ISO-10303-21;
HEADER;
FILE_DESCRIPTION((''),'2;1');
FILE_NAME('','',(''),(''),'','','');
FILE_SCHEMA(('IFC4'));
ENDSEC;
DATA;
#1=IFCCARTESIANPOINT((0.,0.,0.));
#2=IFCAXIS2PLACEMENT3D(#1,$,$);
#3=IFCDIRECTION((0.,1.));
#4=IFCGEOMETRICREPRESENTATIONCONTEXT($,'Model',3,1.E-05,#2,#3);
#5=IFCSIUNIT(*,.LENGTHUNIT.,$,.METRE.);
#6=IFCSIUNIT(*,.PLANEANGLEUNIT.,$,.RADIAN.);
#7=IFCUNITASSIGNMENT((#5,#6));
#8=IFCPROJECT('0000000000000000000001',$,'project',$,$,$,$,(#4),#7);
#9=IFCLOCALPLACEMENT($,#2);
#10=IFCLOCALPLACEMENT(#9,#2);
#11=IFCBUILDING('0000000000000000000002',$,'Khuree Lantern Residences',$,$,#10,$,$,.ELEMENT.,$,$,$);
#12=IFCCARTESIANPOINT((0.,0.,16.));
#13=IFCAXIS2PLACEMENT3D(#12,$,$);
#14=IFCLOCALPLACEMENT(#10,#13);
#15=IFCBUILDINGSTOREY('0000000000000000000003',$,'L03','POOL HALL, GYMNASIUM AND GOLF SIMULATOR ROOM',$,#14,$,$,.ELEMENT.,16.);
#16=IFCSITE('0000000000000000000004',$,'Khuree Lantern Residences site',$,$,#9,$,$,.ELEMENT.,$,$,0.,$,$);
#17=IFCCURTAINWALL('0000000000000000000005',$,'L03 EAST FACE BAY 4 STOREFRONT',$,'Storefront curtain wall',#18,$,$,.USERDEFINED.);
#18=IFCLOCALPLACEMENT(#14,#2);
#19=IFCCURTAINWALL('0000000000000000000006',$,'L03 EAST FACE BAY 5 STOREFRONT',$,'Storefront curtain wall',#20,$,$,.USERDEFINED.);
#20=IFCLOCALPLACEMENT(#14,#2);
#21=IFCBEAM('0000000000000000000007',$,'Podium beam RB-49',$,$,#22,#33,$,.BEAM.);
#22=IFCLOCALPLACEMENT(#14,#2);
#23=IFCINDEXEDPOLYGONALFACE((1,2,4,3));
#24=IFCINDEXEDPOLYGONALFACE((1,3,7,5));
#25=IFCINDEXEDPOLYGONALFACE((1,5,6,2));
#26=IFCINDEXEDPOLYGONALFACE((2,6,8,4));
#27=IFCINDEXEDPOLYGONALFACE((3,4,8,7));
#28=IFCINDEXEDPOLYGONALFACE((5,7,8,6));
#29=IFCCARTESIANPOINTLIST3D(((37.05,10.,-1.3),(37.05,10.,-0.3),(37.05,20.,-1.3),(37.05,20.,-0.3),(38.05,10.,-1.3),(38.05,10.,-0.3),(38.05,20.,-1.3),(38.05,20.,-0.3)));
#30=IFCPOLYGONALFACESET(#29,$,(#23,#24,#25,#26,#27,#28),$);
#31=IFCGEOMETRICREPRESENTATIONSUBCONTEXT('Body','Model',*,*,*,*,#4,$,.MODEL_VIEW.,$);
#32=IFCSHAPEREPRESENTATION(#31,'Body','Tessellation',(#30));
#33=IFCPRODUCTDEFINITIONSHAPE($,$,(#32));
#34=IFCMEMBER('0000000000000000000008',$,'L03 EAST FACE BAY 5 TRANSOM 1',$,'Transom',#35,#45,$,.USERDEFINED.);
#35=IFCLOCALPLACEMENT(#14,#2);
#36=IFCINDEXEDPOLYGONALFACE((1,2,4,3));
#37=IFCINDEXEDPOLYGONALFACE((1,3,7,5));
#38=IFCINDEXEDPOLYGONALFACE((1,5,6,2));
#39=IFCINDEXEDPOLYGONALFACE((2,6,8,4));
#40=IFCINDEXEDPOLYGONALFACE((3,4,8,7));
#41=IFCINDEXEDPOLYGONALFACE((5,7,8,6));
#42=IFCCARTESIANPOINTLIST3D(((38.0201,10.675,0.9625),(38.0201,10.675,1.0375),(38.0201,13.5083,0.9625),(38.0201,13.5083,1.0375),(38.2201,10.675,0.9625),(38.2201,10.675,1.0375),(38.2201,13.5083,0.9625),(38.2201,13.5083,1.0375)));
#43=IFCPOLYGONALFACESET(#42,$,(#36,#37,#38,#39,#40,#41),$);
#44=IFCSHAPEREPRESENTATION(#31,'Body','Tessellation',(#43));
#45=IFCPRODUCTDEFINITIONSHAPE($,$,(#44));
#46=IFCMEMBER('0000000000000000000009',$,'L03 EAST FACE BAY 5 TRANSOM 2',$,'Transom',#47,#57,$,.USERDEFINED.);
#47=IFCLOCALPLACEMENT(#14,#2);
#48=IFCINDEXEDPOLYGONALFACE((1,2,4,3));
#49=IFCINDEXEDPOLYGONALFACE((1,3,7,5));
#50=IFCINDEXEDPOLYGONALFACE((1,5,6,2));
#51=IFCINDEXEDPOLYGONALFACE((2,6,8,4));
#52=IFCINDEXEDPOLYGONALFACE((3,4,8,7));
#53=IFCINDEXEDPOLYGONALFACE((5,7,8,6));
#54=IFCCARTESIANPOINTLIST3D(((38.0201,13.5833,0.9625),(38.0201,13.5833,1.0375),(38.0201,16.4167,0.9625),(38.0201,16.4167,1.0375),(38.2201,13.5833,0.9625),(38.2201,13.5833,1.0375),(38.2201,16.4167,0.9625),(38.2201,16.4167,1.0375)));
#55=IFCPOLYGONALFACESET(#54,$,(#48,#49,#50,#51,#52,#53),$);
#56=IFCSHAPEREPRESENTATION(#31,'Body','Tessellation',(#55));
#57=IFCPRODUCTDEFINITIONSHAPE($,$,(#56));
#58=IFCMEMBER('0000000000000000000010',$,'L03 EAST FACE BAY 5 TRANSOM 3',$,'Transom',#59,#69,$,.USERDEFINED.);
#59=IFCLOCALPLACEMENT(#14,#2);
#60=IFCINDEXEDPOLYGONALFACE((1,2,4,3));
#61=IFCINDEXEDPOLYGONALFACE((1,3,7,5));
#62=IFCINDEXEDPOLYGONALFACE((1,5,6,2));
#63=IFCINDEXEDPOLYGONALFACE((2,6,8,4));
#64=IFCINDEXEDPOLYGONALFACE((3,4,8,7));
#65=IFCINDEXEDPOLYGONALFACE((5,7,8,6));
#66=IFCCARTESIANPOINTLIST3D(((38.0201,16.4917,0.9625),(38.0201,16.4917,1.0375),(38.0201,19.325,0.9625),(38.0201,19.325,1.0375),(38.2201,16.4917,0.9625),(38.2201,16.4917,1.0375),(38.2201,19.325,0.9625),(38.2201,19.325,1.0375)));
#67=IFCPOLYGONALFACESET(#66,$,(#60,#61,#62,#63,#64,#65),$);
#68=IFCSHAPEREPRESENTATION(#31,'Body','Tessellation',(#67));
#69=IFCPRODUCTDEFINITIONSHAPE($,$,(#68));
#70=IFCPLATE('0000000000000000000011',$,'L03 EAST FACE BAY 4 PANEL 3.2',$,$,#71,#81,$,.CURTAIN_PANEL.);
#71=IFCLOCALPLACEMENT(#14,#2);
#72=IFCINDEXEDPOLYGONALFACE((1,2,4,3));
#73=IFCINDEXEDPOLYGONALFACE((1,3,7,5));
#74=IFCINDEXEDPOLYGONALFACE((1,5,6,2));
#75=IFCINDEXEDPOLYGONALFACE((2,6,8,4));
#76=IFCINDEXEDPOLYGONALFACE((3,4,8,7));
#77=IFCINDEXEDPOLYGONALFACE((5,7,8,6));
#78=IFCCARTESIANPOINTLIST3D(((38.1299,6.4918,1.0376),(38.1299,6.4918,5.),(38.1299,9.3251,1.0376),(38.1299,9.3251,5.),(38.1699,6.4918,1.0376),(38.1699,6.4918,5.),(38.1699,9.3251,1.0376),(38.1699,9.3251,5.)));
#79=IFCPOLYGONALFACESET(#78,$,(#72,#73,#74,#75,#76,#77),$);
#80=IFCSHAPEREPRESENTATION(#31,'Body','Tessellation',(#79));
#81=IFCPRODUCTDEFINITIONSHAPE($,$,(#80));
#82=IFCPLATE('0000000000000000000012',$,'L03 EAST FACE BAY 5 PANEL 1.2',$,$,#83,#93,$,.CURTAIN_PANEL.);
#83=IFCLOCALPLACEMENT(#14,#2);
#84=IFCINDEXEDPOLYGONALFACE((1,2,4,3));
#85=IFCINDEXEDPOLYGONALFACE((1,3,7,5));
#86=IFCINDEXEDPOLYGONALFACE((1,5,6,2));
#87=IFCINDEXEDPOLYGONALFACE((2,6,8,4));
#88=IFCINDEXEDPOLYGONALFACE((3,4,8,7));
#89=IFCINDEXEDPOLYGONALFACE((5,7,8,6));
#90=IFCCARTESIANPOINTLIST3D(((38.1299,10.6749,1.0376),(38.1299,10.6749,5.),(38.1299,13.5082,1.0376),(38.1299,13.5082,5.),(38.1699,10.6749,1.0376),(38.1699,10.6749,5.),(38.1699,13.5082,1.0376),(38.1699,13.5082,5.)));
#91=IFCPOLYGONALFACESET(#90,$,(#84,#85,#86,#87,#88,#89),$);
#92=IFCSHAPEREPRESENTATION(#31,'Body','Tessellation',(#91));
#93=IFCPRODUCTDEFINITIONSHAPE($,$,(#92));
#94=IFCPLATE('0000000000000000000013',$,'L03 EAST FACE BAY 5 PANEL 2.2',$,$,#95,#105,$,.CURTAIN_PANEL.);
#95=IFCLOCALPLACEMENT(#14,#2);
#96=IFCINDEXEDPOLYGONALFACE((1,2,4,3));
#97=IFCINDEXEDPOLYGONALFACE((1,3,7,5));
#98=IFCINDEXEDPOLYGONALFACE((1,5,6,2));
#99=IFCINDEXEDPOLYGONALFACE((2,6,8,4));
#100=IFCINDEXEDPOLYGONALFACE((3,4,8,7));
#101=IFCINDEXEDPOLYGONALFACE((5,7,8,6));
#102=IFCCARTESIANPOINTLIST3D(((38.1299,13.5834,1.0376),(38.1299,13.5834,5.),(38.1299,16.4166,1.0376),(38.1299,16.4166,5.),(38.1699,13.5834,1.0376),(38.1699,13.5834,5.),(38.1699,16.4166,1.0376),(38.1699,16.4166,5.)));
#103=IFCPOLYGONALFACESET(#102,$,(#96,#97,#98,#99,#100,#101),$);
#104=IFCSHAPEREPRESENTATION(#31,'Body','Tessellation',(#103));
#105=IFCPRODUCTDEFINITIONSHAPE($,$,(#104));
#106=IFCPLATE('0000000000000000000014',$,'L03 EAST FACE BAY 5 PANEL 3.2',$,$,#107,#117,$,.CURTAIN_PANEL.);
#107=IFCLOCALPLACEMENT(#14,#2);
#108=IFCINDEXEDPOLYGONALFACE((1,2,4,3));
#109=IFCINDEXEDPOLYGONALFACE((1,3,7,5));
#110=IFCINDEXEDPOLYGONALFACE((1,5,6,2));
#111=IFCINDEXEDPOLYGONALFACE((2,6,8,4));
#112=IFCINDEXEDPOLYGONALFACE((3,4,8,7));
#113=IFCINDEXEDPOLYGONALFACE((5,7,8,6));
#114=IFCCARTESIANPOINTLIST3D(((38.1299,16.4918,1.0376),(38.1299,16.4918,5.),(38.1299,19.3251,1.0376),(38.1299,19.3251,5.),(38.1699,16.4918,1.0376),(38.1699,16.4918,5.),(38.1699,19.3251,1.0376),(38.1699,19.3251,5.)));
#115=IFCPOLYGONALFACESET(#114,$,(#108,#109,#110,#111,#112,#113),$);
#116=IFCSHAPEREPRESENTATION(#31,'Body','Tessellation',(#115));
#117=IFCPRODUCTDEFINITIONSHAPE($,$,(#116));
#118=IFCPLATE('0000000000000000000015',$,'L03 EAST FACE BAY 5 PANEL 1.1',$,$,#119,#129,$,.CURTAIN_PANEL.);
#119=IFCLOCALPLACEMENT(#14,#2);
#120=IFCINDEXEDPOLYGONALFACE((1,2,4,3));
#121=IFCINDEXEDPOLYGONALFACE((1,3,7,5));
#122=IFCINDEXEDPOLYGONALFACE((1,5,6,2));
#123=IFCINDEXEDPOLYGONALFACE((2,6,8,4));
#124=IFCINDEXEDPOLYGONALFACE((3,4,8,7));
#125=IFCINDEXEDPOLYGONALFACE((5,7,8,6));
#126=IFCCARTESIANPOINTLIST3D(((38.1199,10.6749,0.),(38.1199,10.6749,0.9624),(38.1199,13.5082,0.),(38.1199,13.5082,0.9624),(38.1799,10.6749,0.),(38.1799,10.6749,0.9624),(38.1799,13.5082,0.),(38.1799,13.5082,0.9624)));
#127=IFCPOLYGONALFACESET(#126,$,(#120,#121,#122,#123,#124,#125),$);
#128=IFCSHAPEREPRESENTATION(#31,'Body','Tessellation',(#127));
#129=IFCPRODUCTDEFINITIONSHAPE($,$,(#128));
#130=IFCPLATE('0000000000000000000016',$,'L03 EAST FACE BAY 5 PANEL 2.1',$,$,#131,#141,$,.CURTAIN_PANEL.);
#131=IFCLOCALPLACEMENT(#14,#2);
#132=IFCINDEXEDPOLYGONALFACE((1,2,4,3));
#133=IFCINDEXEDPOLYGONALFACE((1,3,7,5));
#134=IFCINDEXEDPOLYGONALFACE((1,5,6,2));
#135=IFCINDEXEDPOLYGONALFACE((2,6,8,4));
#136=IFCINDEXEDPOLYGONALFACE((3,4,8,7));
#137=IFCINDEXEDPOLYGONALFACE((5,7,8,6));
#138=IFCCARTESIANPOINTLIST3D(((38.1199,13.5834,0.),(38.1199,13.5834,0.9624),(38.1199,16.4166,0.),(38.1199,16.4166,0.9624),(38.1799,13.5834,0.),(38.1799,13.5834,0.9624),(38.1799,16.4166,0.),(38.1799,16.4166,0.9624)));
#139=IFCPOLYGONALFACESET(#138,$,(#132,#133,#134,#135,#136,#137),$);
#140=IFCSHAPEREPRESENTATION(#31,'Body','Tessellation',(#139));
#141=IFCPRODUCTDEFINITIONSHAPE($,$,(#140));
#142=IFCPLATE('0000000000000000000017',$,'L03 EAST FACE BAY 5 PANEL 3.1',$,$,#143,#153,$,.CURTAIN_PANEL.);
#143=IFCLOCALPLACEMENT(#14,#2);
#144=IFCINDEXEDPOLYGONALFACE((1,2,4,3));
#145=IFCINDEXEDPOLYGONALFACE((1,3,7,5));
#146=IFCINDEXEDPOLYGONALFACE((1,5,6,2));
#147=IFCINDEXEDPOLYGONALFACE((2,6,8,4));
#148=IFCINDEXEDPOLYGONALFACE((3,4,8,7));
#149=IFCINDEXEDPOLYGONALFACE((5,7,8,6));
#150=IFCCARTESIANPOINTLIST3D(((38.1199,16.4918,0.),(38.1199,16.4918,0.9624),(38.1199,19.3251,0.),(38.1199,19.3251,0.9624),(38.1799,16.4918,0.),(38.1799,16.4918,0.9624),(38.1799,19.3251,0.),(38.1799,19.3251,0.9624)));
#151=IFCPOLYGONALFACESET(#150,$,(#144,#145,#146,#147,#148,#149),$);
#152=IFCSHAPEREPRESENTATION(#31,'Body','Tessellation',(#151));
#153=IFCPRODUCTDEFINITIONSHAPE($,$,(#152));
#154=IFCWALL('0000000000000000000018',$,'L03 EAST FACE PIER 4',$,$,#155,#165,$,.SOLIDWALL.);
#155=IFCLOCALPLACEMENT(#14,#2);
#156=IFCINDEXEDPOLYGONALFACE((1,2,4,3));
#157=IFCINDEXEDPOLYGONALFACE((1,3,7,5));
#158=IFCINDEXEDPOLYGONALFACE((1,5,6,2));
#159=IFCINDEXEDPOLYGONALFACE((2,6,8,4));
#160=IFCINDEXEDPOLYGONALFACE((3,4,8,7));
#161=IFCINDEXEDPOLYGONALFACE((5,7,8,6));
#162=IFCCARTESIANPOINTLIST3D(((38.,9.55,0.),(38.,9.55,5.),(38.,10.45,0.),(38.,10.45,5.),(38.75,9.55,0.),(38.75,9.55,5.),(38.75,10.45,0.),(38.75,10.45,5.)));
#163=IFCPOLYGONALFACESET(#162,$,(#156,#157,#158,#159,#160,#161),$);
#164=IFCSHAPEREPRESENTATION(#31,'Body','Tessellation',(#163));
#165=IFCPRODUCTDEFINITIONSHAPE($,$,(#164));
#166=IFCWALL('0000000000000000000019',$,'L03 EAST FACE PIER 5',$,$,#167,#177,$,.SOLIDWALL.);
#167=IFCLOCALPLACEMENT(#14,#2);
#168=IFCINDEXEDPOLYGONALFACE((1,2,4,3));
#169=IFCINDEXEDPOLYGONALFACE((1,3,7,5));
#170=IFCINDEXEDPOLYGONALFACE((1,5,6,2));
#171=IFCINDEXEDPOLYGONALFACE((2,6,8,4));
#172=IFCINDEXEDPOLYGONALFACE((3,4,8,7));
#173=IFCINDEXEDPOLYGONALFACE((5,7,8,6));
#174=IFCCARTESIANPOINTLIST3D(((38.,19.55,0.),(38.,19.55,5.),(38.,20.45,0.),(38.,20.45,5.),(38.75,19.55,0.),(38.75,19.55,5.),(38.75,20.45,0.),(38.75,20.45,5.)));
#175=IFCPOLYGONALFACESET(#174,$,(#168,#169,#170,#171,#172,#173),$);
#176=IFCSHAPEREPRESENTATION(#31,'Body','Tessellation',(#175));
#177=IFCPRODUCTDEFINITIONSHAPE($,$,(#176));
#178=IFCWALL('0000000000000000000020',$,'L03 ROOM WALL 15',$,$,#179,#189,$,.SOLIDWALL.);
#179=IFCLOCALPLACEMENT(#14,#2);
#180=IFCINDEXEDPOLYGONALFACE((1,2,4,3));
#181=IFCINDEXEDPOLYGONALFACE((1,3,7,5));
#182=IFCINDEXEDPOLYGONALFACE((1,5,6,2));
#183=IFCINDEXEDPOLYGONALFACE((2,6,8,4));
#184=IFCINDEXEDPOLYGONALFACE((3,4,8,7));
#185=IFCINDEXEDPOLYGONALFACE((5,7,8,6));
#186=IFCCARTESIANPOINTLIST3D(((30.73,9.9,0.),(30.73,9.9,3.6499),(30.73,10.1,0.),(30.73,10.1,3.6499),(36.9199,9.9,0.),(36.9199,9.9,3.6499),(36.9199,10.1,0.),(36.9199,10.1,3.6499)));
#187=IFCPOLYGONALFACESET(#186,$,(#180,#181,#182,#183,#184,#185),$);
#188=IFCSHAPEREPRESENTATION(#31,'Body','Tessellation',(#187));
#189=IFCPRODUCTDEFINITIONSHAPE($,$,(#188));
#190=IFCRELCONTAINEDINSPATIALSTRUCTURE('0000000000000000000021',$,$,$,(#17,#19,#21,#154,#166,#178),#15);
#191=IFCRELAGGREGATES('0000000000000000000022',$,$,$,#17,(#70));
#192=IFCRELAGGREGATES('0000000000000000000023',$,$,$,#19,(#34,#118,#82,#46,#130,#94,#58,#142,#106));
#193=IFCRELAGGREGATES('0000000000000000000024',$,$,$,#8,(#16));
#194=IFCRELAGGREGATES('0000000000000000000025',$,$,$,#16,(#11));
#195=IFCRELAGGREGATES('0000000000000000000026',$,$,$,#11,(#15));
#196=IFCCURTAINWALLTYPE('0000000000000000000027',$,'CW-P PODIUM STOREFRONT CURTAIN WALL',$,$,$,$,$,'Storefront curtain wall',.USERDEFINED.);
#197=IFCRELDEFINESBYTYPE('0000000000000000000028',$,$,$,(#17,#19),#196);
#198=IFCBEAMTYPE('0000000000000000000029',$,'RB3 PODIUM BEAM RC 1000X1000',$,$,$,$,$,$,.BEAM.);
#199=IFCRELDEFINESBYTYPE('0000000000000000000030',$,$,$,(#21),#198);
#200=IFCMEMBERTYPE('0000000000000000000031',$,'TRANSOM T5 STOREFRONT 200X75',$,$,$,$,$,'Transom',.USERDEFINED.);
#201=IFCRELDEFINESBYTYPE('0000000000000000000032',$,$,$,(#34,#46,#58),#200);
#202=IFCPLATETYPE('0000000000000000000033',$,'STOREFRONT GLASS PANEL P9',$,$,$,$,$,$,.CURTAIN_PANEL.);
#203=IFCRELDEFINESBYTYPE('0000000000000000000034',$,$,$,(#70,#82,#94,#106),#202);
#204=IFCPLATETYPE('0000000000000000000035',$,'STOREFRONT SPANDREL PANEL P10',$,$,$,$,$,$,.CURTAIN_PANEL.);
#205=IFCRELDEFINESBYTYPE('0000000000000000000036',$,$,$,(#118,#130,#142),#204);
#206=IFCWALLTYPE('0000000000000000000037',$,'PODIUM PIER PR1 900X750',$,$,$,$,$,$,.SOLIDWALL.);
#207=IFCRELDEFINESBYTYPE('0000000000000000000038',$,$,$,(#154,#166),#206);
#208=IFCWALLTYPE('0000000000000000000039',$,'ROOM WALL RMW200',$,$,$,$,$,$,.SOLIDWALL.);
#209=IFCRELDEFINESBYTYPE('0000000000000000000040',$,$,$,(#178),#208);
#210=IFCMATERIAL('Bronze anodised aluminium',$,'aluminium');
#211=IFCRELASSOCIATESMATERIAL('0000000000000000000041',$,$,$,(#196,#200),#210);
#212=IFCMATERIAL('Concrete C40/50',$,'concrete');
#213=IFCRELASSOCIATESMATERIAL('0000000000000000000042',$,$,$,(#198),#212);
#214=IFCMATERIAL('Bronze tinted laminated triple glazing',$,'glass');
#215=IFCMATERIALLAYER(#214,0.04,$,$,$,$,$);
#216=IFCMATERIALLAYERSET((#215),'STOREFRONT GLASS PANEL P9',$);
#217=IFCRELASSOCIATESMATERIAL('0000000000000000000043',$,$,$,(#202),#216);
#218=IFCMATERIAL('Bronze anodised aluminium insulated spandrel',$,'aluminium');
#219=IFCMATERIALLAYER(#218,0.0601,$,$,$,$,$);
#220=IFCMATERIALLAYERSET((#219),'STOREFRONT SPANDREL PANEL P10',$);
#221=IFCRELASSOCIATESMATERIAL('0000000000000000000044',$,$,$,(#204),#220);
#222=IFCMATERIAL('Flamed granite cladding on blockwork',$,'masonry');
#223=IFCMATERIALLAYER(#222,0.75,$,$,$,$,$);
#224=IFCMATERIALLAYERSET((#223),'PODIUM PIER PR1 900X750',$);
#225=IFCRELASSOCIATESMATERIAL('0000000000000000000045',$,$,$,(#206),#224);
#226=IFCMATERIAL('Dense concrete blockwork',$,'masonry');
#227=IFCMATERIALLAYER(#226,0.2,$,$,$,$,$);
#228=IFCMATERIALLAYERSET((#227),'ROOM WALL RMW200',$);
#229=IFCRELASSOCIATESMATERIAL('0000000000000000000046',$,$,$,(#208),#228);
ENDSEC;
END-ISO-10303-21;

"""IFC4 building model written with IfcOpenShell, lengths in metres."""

from ifc_helpers import new_model, si_unit, direction, frame, frame_2d, origin, origin_2d, place, context, subcontext, project, spatial, rectangle, extrude, material, layer, layer_set, material_profile, profile_set, type_object, element, aggregate, save


model = new_model("IFC4")

# Units and contexts
model_context = context("Model", 3, precision=1e-05, world=origin(), true_north=direction((0.0, 1.0)))
body_context = subcontext(model_context, "Body", "Model", "MODEL_VIEW")
ifc_project = project(units=[si_unit("LENGTHUNIT", "METRE"), si_unit("PLANEANGLEUNIT", "RADIAN")], contexts=[model_context])

# Site, building, storey
site_placement = place(None, origin())
site = spatial("IfcSite", under=ifc_project, at=site_placement, Name="Khuree Lantern Residences site", CompositionType="ELEMENT", RefElevation=0.0)
building_placement = place(site_placement, origin())
building = spatial("IfcBuilding", under=site, at=building_placement, Name="Khuree Lantern Residences", CompositionType="ELEMENT")
storey_placement = place(building_placement, frame((0.0, 0.0, 16.0)))
storey = spatial("IfcBuildingStorey", under=building, at=storey_placement, Name="L03", Description="POOL HALL, GYMNASIUM AND GOLF SIMULATOR ROOM", CompositionType="ELEMENT", Elevation=16.0)

# Curtain wall
ifc_material_1 = material(Name="Bronze anodised aluminium", Category="aluminium")
curtain_wall_type = type_object("IfcCurtainWallType", Name="CW-P PODIUM STOREFRONT CURTAIN WALL", ElementType="Storefront curtain wall", PredefinedType="USERDEFINED", material=ifc_material_1)
curtain_wall_1_placement = place(storey_placement, origin())
curtain_wall_1 = element("IfcCurtainWall", 1, at=curtain_wall_1_placement, inside=storey, type_object=curtain_wall_type, Name="L03 EAST FACE BAY 4 STOREFRONT", ObjectType="Storefront curtain wall", PredefinedType="USERDEFINED")

# Curtain wall
curtain_wall_2_placement = place(storey_placement, origin())
curtain_wall_2 = element("IfcCurtainWall", 2, at=curtain_wall_2_placement, inside=storey, type_object=curtain_wall_type, Name="L03 EAST FACE BAY 5 STOREFRONT", ObjectType="Storefront curtain wall", PredefinedType="USERDEFINED")

# Beam
ifc_material_2 = material(Name="Concrete C40/50", Category="concrete")
ifc_material_profile_1 = material_profile(ifc_material_2, rectangle(XDim=1.0, YDim=1.0, at=origin_2d()), Name="RC 1000X1000")
ifc_profile_set_1 = profile_set([ifc_material_profile_1], Name="Concrete C40/50")
beam_type_1 = type_object("IfcBeamType", Name="RB3 PODIUM BEAM RC 1000X1000", PredefinedType="BEAM", material=ifc_profile_set_1)
beam_1_placement = place(storey_placement, frame((37.55, 10.0, -0.8), z_axis=(0.0, 1.0, 0.0), x_axis=(-1.0, 0.0, 0.0)))
element("IfcBeam", 3, at=beam_1_placement, inside=storey, type_object=beam_type_1, Name="Podium beam RB-49", PredefinedType="BEAM", context=body_context, shape_type="SweptSolid", body=[
    extrude(rectangle(XDim=1.0, YDim=1.0, at=origin_2d()), origin(), (0.0, 0.0, 1.0), 10.0),
])

# Members
ifc_material_profile_2 = material_profile(ifc_material_1, rectangle(XDim=0.2, YDim=0.075, at=origin_2d()), Name="T5 200X75")
ifc_profile_set_2 = profile_set([ifc_material_profile_2], Name="Bronze anodised aluminium")
member_type_1 = type_object("IfcMemberType", Name="TRANSOM T5 STOREFRONT 200X75", ElementType="Transom", PredefinedType="USERDEFINED", material=ifc_profile_set_2)
member_1_placement = place(storey_placement, frame((38.1201, 10.675, 1.0), z_axis=(0.0, 1.0, 0.0), x_axis=(-1.0, 0.0, 0.0)))
member_1 = element("IfcMember", 4, at=member_1_placement, type_object=member_type_1, Name="L03 EAST FACE BAY 5 TRANSOM 1", ObjectType="Transom", PredefinedType="USERDEFINED", context=body_context, shape_type="SweptSolid", body=[
    extrude(rectangle(XDim=0.2, YDim=0.075, at=origin_2d()), origin(), (0.0, 0.0, 1.0), 2.8333),
])
member_2_placement = place(storey_placement, frame((38.1201, 13.5833, 1.0), z_axis=(0.0, 1.0, 0.0), x_axis=(-1.0, 0.0, 0.0)))
member_2 = element("IfcMember", 5, at=member_2_placement, type_object=member_type_1, Name="L03 EAST FACE BAY 5 TRANSOM 2", ObjectType="Transom", PredefinedType="USERDEFINED", context=body_context, shape_type="SweptSolid", body=[
    extrude(rectangle(XDim=0.2, YDim=0.075, at=origin_2d()), origin(), (0.0, 0.0, 1.0), 2.8335),
])
member_3_placement = place(storey_placement, frame((38.1201, 16.4917, 1.0), z_axis=(0.0, 1.0, 0.0), x_axis=(-1.0, 0.0, 0.0)))
member_3 = element("IfcMember", 6, at=member_3_placement, type_object=member_type_1, Name="L03 EAST FACE BAY 5 TRANSOM 3", ObjectType="Transom", PredefinedType="USERDEFINED", context=body_context, shape_type="SweptSolid", body=[
    extrude(rectangle(XDim=0.2, YDim=0.075, at=origin_2d()), origin(), (0.0, 0.0, 1.0), 2.8333),
])

# Plates
ifc_material_3 = material(Name="Bronze tinted laminated triple glazing", Category="glass")
ifc_layer_1 = layer(ifc_material_3, 0.04)
ifc_layer_set_1 = layer_set([ifc_layer_1], Name="STOREFRONT GLASS PANEL P9")
plate_type_1 = type_object("IfcPlateType", Name="STOREFRONT GLASS PANEL P9", PredefinedType="CURTAIN_PANEL", material=ifc_layer_set_1)
plate_1_placement = place(storey_placement, frame((38.1499, 7.9084, 1.0376), z_axis=(0.0, 0.0, 1.0), x_axis=(0.0, 1.0, 0.0)))
plate_1 = element("IfcPlate", 7, at=plate_1_placement, type_object=plate_type_1, Name="L03 EAST FACE BAY 4 PANEL 3.2", PredefinedType="CURTAIN_PANEL", context=body_context, shape_type="SweptSolid", body=[
    extrude(rectangle(XDim=2.8333, YDim=0.04, at=origin_2d()), origin(), (0.0, 0.0, 1.0), 3.9624),
])
aggregate(curtain_wall_1, [plate_1])
plate_2_placement = place(storey_placement, frame((38.1499, 12.0916, 1.0376), z_axis=(0.0, 0.0, 1.0), x_axis=(0.0, 1.0, 0.0)))
plate_2 = element("IfcPlate", 8, at=plate_2_placement, type_object=plate_type_1, Name="L03 EAST FACE BAY 5 PANEL 1.2", PredefinedType="CURTAIN_PANEL", context=body_context, shape_type="SweptSolid", body=[
    extrude(rectangle(XDim=2.8333, YDim=0.04, at=origin_2d()), origin(), (0.0, 0.0, 1.0), 3.9624),
])
plate_3_placement = place(storey_placement, frame((38.1499, 15.0, 1.0376), z_axis=(0.0, 0.0, 1.0), x_axis=(0.0, 1.0, 0.0)))
plate_3 = element("IfcPlate", 9, at=plate_3_placement, type_object=plate_type_1, Name="L03 EAST FACE BAY 5 PANEL 2.2", PredefinedType="CURTAIN_PANEL", context=body_context, shape_type="SweptSolid", body=[
    extrude(rectangle(XDim=2.8333, YDim=0.04, at=origin_2d()), origin(), (0.0, 0.0, 1.0), 3.9624),
])
plate_4_placement = place(storey_placement, frame((38.1499, 17.9084, 1.0376), z_axis=(0.0, 0.0, 1.0), x_axis=(0.0, 1.0, 0.0)))
plate_4 = element("IfcPlate", 10, at=plate_4_placement, type_object=plate_type_1, Name="L03 EAST FACE BAY 5 PANEL 3.2", PredefinedType="CURTAIN_PANEL", context=body_context, shape_type="SweptSolid", body=[
    extrude(rectangle(XDim=2.8333, YDim=0.04, at=origin_2d()), origin(), (0.0, 0.0, 1.0), 3.9624),
])
ifc_material_4 = material(Name="Bronze anodised aluminium insulated spandrel", Category="aluminium")
ifc_layer_2 = layer(ifc_material_4, 0.0601)
ifc_layer_set_2 = layer_set([ifc_layer_2], Name="STOREFRONT SPANDREL PANEL P10")
plate_type_2 = type_object("IfcPlateType", Name="STOREFRONT SPANDREL PANEL P10", PredefinedType="CURTAIN_PANEL", material=ifc_layer_set_2)
plate_5_placement = place(storey_placement, frame((38.1499, 12.0916, 0.0), z_axis=(0.0, 0.0, 1.0), x_axis=(0.0, 1.0, 0.0)))
plate_5 = element("IfcPlate", 11, at=plate_5_placement, type_object=plate_type_2, Name="L03 EAST FACE BAY 5 PANEL 1.1", PredefinedType="CURTAIN_PANEL", context=body_context, shape_type="SweptSolid", body=[
    extrude(rectangle(XDim=2.8333, YDim=0.0601, at=origin_2d()), origin(), (0.0, 0.0, 1.0), 0.9624),
])
plate_6_placement = place(storey_placement, frame((38.1499, 15.0, 0.0), z_axis=(0.0, 0.0, 1.0), x_axis=(0.0, 1.0, 0.0)))
plate_6 = element("IfcPlate", 12, at=plate_6_placement, type_object=plate_type_2, Name="L03 EAST FACE BAY 5 PANEL 2.1", PredefinedType="CURTAIN_PANEL", context=body_context, shape_type="SweptSolid", body=[
    extrude(rectangle(XDim=2.8333, YDim=0.0601, at=origin_2d()), origin(), (0.0, 0.0, 1.0), 0.9624),
])
plate_7_placement = place(storey_placement, frame((38.1499, 17.9084, 0.0), z_axis=(0.0, 0.0, 1.0), x_axis=(0.0, 1.0, 0.0)))
plate_7 = element("IfcPlate", 13, at=plate_7_placement, type_object=plate_type_2, Name="L03 EAST FACE BAY 5 PANEL 3.1", PredefinedType="CURTAIN_PANEL", context=body_context, shape_type="SweptSolid", body=[
    extrude(rectangle(XDim=2.8333, YDim=0.0601, at=origin_2d()), origin(), (0.0, 0.0, 1.0), 0.9624),
])
aggregate(curtain_wall_2, [member_1, plate_5, plate_2, member_2, plate_6, plate_3, member_3, plate_7, plate_4])

# Walls
ifc_material_5 = material(Name="Flamed granite cladding on blockwork", Category="masonry")
ifc_layer_3 = layer(ifc_material_5, 0.75)
ifc_layer_set_3 = layer_set([ifc_layer_3], Name="PODIUM PIER PR1 900X750")
wall_type_1 = type_object("IfcWallType", Name="PODIUM PIER PR1 900X750", PredefinedType="SOLIDWALL", material=ifc_layer_set_3)
for number, where, z_axis, x_axis, name in (
    (14, (38.375, 9.55, 0.0), (0.0, 0.0, 1.0), (0.0, 1.0, 0.0), "L03 EAST FACE PIER 4"),
    (15, (38.375, 19.55, 0.0), (0.0, 0.0, 1.0), (0.0, 1.0, 0.0), "L03 EAST FACE PIER 5"),
):
    element("IfcWall", number, at=place(storey_placement, frame(where, z_axis=z_axis, x_axis=x_axis)), inside=storey, type_object=wall_type_1, Name=name, PredefinedType="SOLIDWALL", context=body_context, shape_type="SweptSolid", body=[
        extrude(rectangle(XDim=0.8999, YDim=0.75, at=frame_2d((0.45, 0.0))), origin(), (0.0, 0.0, 1.0), 5.0),
    ])
ifc_material_6 = material(Name="Dense concrete blockwork", Category="masonry")
ifc_layer_4 = layer(ifc_material_6, 0.2)
ifc_layer_set_4 = layer_set([ifc_layer_4], Name="ROOM WALL RMW200")
wall_type_2 = type_object("IfcWallType", Name="ROOM WALL RMW200", PredefinedType="SOLIDWALL", material=ifc_layer_set_4)
wall_placement = place(storey_placement, frame((30.73, 10.0, 0.0), z_axis=(0.0, 0.0, 1.0), x_axis=(1.0, 0.0, 0.0)))
element("IfcWall", 16, at=wall_placement, inside=storey, type_object=wall_type_2, Name="L03 ROOM WALL 15", PredefinedType="SOLIDWALL", context=body_context, shape_type="SweptSolid", body=[
    extrude(rectangle(XDim=6.1899, YDim=0.2, at=frame_2d((3.095, 0.0))), origin(), (0.0, 0.0, 1.0), 3.6499),
])

save(model, "model.ifc")
